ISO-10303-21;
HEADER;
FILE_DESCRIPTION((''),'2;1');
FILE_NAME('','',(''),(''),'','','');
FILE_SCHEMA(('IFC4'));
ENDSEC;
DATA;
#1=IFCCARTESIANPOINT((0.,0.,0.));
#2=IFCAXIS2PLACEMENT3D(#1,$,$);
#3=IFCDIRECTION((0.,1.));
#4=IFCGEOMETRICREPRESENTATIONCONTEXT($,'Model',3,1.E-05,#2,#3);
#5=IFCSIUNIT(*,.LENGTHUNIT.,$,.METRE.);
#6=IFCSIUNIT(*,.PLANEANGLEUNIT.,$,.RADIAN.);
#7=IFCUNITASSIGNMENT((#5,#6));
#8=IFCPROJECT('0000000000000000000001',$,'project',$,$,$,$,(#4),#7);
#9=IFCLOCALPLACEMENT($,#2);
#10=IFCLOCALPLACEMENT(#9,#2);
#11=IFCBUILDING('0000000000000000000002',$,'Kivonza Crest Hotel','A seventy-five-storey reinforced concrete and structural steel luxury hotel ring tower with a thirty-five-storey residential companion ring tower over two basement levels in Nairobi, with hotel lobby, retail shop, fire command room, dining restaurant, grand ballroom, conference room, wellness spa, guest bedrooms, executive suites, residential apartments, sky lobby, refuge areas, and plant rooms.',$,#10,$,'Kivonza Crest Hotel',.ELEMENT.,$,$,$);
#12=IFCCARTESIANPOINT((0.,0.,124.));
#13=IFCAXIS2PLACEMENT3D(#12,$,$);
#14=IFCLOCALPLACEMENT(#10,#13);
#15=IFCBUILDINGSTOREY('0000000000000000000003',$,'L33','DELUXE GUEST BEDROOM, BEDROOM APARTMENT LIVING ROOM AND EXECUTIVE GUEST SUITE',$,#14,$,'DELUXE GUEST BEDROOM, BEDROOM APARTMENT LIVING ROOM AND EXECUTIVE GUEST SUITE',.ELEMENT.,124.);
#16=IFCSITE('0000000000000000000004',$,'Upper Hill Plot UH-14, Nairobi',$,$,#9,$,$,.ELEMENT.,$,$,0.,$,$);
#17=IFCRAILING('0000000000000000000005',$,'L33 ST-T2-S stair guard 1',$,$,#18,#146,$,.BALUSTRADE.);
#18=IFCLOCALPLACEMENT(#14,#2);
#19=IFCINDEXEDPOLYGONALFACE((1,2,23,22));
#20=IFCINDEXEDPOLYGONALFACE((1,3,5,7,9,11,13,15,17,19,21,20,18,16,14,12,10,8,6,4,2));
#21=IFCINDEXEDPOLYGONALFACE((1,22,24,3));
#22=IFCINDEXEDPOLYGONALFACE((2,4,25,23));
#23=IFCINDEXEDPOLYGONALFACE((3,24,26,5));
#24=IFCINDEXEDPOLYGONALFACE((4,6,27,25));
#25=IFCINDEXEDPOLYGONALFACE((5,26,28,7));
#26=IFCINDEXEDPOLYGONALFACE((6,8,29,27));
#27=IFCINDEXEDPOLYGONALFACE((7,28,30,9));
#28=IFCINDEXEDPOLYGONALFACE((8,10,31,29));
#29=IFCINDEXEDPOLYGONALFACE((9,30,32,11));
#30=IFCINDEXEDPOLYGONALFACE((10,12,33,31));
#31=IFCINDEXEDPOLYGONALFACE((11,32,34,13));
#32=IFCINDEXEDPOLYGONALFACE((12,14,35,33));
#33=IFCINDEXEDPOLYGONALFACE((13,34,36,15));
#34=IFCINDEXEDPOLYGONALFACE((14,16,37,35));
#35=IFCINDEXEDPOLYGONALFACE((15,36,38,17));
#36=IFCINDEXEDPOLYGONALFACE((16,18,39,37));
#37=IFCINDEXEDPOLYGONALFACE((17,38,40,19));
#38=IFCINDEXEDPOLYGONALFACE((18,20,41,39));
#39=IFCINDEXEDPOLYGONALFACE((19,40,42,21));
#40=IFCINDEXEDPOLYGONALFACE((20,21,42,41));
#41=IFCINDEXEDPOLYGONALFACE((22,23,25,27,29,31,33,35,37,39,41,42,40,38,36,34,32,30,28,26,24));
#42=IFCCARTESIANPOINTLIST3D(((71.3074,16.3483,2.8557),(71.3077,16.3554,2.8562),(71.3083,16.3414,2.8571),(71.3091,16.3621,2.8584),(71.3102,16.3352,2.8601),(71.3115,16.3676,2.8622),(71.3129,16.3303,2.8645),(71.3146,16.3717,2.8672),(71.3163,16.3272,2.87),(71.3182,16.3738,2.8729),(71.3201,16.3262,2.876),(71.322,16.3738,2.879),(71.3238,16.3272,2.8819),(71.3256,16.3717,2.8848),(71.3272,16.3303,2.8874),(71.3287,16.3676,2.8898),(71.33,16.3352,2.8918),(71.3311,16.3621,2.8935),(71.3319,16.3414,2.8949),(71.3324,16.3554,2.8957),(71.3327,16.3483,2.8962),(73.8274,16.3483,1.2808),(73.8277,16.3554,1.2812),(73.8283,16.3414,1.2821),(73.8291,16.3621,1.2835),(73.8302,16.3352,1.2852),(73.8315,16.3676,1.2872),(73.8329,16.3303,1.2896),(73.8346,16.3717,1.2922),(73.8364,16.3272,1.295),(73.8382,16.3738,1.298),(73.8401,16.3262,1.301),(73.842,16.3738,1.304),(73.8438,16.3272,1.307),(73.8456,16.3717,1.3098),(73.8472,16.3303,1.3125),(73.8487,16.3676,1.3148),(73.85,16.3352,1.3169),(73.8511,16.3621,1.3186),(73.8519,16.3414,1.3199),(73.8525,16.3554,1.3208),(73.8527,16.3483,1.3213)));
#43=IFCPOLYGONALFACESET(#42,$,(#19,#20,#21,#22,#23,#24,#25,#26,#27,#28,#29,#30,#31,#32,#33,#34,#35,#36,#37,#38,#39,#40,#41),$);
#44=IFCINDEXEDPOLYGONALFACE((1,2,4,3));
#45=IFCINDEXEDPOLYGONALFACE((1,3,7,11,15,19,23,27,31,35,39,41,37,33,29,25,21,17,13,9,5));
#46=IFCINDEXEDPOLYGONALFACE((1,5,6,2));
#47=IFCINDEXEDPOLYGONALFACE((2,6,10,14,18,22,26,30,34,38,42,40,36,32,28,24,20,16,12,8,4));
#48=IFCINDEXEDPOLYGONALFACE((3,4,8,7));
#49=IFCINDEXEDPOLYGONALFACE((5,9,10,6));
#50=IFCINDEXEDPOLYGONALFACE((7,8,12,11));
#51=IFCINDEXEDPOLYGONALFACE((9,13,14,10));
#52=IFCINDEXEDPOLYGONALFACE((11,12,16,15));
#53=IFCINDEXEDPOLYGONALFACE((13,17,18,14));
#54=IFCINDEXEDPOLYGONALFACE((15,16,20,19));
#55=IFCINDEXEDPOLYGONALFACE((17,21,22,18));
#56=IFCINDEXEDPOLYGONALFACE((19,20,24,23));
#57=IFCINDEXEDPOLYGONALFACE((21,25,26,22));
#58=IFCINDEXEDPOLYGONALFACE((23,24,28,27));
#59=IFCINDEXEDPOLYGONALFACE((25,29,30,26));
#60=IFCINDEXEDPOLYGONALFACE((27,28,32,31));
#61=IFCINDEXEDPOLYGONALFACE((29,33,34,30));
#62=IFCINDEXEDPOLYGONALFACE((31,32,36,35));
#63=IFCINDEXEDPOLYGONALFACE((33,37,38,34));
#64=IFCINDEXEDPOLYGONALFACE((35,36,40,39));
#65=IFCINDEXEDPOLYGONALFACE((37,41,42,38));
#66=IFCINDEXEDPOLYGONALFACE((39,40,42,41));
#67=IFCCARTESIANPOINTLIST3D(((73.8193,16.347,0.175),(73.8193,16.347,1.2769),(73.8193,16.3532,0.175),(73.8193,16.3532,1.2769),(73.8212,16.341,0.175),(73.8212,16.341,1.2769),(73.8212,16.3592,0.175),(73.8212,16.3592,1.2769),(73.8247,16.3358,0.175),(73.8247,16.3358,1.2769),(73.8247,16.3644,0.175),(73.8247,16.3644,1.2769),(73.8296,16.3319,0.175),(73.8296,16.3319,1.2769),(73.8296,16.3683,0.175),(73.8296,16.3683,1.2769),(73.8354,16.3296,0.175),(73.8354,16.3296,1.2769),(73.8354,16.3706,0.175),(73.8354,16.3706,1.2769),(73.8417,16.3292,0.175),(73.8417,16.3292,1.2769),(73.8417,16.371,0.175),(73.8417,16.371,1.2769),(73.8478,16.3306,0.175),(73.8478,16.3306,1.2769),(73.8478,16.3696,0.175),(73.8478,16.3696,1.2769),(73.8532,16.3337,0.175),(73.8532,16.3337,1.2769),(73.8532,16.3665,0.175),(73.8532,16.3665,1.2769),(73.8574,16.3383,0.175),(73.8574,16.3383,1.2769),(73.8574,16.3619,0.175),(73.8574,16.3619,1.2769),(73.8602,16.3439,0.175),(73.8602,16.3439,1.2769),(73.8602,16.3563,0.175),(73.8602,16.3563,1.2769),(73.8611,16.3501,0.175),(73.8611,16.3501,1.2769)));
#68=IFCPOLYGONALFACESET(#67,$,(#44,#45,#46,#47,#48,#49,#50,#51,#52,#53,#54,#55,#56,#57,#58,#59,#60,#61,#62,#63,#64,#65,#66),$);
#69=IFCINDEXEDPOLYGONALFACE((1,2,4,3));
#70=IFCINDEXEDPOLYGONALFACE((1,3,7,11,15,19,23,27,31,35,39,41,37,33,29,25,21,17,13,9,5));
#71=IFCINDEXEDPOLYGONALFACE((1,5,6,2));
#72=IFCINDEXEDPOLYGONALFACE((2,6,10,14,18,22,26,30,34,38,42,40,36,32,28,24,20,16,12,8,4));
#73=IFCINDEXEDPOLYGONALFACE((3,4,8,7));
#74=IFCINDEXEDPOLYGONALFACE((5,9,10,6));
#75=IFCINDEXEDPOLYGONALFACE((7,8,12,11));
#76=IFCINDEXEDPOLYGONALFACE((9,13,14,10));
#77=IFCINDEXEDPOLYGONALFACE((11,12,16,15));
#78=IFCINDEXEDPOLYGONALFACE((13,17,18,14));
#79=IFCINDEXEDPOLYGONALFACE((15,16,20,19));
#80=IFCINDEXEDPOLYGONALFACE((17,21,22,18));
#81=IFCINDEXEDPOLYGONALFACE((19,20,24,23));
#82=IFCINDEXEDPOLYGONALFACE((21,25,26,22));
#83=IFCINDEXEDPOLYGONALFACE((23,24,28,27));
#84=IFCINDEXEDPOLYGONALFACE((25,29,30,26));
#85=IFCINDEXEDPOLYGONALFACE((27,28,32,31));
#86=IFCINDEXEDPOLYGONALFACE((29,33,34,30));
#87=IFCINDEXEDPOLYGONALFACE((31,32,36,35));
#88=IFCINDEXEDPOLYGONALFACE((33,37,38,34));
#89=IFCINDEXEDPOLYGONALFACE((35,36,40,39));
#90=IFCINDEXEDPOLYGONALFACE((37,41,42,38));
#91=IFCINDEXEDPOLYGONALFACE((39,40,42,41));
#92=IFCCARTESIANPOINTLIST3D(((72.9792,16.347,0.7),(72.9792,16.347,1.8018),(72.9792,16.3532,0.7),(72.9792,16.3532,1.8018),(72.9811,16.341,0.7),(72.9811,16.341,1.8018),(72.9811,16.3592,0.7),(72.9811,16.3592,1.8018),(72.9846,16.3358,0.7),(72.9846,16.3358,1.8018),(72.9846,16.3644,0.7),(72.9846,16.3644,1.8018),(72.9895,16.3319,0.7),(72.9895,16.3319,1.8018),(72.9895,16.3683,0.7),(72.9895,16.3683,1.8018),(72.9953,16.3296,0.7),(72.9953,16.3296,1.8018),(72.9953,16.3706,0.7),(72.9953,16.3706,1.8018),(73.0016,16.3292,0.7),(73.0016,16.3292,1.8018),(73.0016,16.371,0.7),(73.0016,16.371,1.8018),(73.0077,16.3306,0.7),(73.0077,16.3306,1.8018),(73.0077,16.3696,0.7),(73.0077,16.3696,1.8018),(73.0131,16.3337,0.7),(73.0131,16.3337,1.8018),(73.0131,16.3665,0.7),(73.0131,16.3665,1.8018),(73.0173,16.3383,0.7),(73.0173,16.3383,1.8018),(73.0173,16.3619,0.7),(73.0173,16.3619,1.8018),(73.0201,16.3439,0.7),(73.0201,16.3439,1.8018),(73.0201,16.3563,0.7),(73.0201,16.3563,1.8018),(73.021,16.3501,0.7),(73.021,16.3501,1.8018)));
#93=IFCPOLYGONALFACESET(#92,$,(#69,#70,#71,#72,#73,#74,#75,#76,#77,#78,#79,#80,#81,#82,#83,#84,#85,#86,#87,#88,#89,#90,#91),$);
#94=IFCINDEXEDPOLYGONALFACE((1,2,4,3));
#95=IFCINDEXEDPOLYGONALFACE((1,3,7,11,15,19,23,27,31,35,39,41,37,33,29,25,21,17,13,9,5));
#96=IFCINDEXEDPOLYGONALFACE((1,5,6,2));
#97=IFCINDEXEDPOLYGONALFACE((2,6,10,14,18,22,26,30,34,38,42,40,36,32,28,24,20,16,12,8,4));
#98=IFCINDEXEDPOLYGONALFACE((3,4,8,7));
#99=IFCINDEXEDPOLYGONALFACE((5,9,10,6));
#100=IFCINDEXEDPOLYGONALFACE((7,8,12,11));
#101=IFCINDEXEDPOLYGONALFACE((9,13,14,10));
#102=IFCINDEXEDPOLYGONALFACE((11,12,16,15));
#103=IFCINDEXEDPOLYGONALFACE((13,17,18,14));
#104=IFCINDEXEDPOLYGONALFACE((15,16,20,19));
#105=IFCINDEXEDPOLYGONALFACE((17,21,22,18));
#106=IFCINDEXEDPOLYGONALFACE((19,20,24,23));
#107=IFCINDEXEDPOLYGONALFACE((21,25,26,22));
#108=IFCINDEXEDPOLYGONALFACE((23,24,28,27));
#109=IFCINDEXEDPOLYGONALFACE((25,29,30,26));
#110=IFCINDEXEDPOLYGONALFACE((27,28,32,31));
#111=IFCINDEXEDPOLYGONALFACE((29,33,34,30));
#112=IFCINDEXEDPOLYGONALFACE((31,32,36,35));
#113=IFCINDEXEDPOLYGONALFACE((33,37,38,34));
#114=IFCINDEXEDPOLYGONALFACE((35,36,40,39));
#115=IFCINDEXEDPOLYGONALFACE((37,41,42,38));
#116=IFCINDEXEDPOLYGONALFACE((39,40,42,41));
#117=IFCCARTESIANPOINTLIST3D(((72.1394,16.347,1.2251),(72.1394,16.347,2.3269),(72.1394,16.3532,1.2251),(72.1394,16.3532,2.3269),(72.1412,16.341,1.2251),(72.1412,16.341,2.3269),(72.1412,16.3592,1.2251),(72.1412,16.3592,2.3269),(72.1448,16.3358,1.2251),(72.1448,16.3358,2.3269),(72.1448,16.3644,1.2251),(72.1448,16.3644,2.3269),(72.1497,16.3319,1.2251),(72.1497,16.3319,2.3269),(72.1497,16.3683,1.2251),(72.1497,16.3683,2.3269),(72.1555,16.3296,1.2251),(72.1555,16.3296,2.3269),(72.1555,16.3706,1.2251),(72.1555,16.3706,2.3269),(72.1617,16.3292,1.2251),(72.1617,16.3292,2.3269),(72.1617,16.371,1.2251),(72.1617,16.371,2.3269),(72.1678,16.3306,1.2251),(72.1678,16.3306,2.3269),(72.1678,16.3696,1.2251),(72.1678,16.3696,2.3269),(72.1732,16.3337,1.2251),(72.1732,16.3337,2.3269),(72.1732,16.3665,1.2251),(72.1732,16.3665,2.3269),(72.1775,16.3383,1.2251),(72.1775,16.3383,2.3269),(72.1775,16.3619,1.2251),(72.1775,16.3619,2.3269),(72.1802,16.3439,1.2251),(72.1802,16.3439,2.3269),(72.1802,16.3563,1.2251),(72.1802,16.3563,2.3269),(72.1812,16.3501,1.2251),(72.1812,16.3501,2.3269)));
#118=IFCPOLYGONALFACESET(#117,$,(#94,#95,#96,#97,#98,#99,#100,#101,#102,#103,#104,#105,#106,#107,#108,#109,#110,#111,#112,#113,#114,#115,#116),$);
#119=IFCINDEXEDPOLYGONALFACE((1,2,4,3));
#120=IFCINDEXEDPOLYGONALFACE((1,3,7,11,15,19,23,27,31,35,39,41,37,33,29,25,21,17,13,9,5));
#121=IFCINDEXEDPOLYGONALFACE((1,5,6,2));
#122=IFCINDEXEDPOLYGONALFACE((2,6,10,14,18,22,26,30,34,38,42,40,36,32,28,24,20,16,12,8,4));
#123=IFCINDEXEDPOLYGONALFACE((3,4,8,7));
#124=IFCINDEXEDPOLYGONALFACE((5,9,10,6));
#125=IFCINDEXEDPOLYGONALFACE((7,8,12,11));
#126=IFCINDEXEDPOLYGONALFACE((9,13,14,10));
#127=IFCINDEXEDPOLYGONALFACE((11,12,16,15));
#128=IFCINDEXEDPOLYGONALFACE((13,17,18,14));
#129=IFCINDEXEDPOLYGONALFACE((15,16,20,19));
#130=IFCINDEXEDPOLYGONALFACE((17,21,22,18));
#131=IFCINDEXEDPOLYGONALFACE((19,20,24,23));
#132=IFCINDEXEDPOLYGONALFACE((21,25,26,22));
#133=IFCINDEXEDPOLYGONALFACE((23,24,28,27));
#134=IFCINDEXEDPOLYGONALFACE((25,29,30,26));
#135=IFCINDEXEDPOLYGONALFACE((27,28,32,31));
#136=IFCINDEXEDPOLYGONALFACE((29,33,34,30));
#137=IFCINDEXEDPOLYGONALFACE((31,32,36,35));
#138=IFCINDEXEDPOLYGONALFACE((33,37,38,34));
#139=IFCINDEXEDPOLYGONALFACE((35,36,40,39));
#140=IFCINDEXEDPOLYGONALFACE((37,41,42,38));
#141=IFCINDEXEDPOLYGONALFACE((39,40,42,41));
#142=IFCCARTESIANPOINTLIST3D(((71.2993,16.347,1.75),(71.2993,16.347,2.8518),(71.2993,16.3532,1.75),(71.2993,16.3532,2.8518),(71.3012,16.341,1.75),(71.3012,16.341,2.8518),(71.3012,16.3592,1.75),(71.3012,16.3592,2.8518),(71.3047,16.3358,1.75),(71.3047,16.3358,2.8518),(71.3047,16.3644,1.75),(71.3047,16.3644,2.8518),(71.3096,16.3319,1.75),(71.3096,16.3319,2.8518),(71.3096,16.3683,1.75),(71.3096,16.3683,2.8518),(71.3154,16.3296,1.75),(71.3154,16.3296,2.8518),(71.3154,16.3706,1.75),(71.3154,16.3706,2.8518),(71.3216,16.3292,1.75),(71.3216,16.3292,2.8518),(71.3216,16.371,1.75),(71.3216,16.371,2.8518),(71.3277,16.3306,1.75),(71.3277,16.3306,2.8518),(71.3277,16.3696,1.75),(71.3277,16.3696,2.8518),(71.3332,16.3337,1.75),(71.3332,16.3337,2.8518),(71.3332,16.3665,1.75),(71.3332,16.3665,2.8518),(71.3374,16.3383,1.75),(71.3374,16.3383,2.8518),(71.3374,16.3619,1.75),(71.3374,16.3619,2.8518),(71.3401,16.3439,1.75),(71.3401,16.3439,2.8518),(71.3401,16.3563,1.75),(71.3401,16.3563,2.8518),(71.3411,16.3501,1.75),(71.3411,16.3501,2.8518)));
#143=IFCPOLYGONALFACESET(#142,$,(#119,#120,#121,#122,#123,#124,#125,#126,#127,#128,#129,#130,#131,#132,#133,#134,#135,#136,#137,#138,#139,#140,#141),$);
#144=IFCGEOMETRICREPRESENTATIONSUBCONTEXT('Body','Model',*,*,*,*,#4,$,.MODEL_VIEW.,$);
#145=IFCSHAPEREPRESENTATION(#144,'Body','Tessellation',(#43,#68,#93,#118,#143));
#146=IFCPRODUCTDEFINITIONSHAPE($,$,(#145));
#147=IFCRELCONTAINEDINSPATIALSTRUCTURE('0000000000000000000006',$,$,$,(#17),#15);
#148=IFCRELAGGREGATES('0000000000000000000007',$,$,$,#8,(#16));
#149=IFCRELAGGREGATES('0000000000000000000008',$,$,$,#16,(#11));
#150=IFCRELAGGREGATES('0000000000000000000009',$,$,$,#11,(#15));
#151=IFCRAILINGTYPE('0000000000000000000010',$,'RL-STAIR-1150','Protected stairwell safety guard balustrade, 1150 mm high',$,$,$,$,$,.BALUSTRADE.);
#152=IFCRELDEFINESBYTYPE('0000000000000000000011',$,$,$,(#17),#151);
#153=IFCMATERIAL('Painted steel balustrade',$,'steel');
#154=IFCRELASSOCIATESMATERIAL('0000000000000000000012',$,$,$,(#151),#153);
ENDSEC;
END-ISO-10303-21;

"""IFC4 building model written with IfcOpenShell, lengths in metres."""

from ifc_helpers import new_model, si_unit, direction, frame, origin, origin_2d, place, context, subcontext, project, spatial, circle, extrude, material, type_object, element, save


model = new_model("IFC4")

# Units and contexts
model_context = context("Model", 3, precision=1e-05, world=origin(), true_north=direction((0.0, 1.0)))
body_context = subcontext(model_context, "Body", "Model", "MODEL_VIEW")
ifc_project = project(units=[si_unit("LENGTHUNIT", "METRE"), si_unit("PLANEANGLEUNIT", "RADIAN")], contexts=[model_context])

# Site, building, storey
site_placement = place(None, origin())
site = spatial("IfcSite", under=ifc_project, at=site_placement, Name="Upper Hill Plot UH-14, Nairobi", CompositionType="ELEMENT", RefElevation=0.0)
building_placement = place(site_placement, origin())
building = spatial("IfcBuilding", under=site, at=building_placement, Name="Kivonza Crest Hotel", Description="A seventy-five-storey reinforced concrete and structural steel luxury hotel ring tower with a thirty-five-storey residential companion ring tower over two basement levels in Nairobi, with hotel lobby, retail shop, fire command room, dining restaurant, grand ballroom, conference room, wellness spa, guest bedrooms, executive suites, residential apartments, sky lobby, refuge areas, and plant rooms.", LongName="Kivonza Crest Hotel", CompositionType="ELEMENT")
storey_placement = place(building_placement, frame((0.0, 0.0, 124.0)))
storey = spatial("IfcBuildingStorey", under=building, at=storey_placement, Name="L33", Description="DELUXE GUEST BEDROOM, BEDROOM APARTMENT LIVING ROOM AND EXECUTIVE GUEST SUITE", LongName="DELUXE GUEST BEDROOM, BEDROOM APARTMENT LIVING ROOM AND EXECUTIVE GUEST SUITE", CompositionType="ELEMENT", Elevation=124.0)

# Railing
ifc_material_1 = material(Name="Painted steel balustrade", Category="steel")
railing_type_1 = type_object("IfcRailingType", Name="RL-STAIR-1150", Description="Protected stairwell safety guard balustrade, 1150 mm high", PredefinedType="BALUSTRADE", material=ifc_material_1)
railing_1_placement = place(storey_placement, frame((73.8401, 16.3501, 0.175)))
element("IfcRailing", 1, at=railing_1_placement, inside=storey, type_object=railing_type_1, Name="L33 ST-T2-S stair guard 1", PredefinedType="BALUSTRADE", context=body_context, shape_type="SweptSolid", body=[
    extrude(circle(Radius=0.0239, at=origin_2d()), frame((0.0, 0.0, 1.126), z_axis=(-0.848008, 0.0, 0.529984), x_axis=(0.0, -1.0, 0.0)), (0.0, 0.0, 1.0), 2.9717),
    extrude(circle(Radius=0.021, at=origin_2d()), origin(), (0.0, 0.0, 1.0), 1.1018),
    extrude(circle(Radius=0.021, at=origin_2d()), frame((-0.8401, 0.0, 0.5249)), (0.0, 0.0, 1.0), 1.1018),
    extrude(circle(Radius=0.021, at=origin_2d()), frame((-1.6799, 0.0, 1.05)), (0.0, 0.0, 1.0), 1.1018),
    extrude(circle(Radius=0.021, at=origin_2d()), frame((-2.52, 0.0, 1.575)), (0.0, 0.0, 1.0), 1.1018),
])

save(model, "model.ifc")
